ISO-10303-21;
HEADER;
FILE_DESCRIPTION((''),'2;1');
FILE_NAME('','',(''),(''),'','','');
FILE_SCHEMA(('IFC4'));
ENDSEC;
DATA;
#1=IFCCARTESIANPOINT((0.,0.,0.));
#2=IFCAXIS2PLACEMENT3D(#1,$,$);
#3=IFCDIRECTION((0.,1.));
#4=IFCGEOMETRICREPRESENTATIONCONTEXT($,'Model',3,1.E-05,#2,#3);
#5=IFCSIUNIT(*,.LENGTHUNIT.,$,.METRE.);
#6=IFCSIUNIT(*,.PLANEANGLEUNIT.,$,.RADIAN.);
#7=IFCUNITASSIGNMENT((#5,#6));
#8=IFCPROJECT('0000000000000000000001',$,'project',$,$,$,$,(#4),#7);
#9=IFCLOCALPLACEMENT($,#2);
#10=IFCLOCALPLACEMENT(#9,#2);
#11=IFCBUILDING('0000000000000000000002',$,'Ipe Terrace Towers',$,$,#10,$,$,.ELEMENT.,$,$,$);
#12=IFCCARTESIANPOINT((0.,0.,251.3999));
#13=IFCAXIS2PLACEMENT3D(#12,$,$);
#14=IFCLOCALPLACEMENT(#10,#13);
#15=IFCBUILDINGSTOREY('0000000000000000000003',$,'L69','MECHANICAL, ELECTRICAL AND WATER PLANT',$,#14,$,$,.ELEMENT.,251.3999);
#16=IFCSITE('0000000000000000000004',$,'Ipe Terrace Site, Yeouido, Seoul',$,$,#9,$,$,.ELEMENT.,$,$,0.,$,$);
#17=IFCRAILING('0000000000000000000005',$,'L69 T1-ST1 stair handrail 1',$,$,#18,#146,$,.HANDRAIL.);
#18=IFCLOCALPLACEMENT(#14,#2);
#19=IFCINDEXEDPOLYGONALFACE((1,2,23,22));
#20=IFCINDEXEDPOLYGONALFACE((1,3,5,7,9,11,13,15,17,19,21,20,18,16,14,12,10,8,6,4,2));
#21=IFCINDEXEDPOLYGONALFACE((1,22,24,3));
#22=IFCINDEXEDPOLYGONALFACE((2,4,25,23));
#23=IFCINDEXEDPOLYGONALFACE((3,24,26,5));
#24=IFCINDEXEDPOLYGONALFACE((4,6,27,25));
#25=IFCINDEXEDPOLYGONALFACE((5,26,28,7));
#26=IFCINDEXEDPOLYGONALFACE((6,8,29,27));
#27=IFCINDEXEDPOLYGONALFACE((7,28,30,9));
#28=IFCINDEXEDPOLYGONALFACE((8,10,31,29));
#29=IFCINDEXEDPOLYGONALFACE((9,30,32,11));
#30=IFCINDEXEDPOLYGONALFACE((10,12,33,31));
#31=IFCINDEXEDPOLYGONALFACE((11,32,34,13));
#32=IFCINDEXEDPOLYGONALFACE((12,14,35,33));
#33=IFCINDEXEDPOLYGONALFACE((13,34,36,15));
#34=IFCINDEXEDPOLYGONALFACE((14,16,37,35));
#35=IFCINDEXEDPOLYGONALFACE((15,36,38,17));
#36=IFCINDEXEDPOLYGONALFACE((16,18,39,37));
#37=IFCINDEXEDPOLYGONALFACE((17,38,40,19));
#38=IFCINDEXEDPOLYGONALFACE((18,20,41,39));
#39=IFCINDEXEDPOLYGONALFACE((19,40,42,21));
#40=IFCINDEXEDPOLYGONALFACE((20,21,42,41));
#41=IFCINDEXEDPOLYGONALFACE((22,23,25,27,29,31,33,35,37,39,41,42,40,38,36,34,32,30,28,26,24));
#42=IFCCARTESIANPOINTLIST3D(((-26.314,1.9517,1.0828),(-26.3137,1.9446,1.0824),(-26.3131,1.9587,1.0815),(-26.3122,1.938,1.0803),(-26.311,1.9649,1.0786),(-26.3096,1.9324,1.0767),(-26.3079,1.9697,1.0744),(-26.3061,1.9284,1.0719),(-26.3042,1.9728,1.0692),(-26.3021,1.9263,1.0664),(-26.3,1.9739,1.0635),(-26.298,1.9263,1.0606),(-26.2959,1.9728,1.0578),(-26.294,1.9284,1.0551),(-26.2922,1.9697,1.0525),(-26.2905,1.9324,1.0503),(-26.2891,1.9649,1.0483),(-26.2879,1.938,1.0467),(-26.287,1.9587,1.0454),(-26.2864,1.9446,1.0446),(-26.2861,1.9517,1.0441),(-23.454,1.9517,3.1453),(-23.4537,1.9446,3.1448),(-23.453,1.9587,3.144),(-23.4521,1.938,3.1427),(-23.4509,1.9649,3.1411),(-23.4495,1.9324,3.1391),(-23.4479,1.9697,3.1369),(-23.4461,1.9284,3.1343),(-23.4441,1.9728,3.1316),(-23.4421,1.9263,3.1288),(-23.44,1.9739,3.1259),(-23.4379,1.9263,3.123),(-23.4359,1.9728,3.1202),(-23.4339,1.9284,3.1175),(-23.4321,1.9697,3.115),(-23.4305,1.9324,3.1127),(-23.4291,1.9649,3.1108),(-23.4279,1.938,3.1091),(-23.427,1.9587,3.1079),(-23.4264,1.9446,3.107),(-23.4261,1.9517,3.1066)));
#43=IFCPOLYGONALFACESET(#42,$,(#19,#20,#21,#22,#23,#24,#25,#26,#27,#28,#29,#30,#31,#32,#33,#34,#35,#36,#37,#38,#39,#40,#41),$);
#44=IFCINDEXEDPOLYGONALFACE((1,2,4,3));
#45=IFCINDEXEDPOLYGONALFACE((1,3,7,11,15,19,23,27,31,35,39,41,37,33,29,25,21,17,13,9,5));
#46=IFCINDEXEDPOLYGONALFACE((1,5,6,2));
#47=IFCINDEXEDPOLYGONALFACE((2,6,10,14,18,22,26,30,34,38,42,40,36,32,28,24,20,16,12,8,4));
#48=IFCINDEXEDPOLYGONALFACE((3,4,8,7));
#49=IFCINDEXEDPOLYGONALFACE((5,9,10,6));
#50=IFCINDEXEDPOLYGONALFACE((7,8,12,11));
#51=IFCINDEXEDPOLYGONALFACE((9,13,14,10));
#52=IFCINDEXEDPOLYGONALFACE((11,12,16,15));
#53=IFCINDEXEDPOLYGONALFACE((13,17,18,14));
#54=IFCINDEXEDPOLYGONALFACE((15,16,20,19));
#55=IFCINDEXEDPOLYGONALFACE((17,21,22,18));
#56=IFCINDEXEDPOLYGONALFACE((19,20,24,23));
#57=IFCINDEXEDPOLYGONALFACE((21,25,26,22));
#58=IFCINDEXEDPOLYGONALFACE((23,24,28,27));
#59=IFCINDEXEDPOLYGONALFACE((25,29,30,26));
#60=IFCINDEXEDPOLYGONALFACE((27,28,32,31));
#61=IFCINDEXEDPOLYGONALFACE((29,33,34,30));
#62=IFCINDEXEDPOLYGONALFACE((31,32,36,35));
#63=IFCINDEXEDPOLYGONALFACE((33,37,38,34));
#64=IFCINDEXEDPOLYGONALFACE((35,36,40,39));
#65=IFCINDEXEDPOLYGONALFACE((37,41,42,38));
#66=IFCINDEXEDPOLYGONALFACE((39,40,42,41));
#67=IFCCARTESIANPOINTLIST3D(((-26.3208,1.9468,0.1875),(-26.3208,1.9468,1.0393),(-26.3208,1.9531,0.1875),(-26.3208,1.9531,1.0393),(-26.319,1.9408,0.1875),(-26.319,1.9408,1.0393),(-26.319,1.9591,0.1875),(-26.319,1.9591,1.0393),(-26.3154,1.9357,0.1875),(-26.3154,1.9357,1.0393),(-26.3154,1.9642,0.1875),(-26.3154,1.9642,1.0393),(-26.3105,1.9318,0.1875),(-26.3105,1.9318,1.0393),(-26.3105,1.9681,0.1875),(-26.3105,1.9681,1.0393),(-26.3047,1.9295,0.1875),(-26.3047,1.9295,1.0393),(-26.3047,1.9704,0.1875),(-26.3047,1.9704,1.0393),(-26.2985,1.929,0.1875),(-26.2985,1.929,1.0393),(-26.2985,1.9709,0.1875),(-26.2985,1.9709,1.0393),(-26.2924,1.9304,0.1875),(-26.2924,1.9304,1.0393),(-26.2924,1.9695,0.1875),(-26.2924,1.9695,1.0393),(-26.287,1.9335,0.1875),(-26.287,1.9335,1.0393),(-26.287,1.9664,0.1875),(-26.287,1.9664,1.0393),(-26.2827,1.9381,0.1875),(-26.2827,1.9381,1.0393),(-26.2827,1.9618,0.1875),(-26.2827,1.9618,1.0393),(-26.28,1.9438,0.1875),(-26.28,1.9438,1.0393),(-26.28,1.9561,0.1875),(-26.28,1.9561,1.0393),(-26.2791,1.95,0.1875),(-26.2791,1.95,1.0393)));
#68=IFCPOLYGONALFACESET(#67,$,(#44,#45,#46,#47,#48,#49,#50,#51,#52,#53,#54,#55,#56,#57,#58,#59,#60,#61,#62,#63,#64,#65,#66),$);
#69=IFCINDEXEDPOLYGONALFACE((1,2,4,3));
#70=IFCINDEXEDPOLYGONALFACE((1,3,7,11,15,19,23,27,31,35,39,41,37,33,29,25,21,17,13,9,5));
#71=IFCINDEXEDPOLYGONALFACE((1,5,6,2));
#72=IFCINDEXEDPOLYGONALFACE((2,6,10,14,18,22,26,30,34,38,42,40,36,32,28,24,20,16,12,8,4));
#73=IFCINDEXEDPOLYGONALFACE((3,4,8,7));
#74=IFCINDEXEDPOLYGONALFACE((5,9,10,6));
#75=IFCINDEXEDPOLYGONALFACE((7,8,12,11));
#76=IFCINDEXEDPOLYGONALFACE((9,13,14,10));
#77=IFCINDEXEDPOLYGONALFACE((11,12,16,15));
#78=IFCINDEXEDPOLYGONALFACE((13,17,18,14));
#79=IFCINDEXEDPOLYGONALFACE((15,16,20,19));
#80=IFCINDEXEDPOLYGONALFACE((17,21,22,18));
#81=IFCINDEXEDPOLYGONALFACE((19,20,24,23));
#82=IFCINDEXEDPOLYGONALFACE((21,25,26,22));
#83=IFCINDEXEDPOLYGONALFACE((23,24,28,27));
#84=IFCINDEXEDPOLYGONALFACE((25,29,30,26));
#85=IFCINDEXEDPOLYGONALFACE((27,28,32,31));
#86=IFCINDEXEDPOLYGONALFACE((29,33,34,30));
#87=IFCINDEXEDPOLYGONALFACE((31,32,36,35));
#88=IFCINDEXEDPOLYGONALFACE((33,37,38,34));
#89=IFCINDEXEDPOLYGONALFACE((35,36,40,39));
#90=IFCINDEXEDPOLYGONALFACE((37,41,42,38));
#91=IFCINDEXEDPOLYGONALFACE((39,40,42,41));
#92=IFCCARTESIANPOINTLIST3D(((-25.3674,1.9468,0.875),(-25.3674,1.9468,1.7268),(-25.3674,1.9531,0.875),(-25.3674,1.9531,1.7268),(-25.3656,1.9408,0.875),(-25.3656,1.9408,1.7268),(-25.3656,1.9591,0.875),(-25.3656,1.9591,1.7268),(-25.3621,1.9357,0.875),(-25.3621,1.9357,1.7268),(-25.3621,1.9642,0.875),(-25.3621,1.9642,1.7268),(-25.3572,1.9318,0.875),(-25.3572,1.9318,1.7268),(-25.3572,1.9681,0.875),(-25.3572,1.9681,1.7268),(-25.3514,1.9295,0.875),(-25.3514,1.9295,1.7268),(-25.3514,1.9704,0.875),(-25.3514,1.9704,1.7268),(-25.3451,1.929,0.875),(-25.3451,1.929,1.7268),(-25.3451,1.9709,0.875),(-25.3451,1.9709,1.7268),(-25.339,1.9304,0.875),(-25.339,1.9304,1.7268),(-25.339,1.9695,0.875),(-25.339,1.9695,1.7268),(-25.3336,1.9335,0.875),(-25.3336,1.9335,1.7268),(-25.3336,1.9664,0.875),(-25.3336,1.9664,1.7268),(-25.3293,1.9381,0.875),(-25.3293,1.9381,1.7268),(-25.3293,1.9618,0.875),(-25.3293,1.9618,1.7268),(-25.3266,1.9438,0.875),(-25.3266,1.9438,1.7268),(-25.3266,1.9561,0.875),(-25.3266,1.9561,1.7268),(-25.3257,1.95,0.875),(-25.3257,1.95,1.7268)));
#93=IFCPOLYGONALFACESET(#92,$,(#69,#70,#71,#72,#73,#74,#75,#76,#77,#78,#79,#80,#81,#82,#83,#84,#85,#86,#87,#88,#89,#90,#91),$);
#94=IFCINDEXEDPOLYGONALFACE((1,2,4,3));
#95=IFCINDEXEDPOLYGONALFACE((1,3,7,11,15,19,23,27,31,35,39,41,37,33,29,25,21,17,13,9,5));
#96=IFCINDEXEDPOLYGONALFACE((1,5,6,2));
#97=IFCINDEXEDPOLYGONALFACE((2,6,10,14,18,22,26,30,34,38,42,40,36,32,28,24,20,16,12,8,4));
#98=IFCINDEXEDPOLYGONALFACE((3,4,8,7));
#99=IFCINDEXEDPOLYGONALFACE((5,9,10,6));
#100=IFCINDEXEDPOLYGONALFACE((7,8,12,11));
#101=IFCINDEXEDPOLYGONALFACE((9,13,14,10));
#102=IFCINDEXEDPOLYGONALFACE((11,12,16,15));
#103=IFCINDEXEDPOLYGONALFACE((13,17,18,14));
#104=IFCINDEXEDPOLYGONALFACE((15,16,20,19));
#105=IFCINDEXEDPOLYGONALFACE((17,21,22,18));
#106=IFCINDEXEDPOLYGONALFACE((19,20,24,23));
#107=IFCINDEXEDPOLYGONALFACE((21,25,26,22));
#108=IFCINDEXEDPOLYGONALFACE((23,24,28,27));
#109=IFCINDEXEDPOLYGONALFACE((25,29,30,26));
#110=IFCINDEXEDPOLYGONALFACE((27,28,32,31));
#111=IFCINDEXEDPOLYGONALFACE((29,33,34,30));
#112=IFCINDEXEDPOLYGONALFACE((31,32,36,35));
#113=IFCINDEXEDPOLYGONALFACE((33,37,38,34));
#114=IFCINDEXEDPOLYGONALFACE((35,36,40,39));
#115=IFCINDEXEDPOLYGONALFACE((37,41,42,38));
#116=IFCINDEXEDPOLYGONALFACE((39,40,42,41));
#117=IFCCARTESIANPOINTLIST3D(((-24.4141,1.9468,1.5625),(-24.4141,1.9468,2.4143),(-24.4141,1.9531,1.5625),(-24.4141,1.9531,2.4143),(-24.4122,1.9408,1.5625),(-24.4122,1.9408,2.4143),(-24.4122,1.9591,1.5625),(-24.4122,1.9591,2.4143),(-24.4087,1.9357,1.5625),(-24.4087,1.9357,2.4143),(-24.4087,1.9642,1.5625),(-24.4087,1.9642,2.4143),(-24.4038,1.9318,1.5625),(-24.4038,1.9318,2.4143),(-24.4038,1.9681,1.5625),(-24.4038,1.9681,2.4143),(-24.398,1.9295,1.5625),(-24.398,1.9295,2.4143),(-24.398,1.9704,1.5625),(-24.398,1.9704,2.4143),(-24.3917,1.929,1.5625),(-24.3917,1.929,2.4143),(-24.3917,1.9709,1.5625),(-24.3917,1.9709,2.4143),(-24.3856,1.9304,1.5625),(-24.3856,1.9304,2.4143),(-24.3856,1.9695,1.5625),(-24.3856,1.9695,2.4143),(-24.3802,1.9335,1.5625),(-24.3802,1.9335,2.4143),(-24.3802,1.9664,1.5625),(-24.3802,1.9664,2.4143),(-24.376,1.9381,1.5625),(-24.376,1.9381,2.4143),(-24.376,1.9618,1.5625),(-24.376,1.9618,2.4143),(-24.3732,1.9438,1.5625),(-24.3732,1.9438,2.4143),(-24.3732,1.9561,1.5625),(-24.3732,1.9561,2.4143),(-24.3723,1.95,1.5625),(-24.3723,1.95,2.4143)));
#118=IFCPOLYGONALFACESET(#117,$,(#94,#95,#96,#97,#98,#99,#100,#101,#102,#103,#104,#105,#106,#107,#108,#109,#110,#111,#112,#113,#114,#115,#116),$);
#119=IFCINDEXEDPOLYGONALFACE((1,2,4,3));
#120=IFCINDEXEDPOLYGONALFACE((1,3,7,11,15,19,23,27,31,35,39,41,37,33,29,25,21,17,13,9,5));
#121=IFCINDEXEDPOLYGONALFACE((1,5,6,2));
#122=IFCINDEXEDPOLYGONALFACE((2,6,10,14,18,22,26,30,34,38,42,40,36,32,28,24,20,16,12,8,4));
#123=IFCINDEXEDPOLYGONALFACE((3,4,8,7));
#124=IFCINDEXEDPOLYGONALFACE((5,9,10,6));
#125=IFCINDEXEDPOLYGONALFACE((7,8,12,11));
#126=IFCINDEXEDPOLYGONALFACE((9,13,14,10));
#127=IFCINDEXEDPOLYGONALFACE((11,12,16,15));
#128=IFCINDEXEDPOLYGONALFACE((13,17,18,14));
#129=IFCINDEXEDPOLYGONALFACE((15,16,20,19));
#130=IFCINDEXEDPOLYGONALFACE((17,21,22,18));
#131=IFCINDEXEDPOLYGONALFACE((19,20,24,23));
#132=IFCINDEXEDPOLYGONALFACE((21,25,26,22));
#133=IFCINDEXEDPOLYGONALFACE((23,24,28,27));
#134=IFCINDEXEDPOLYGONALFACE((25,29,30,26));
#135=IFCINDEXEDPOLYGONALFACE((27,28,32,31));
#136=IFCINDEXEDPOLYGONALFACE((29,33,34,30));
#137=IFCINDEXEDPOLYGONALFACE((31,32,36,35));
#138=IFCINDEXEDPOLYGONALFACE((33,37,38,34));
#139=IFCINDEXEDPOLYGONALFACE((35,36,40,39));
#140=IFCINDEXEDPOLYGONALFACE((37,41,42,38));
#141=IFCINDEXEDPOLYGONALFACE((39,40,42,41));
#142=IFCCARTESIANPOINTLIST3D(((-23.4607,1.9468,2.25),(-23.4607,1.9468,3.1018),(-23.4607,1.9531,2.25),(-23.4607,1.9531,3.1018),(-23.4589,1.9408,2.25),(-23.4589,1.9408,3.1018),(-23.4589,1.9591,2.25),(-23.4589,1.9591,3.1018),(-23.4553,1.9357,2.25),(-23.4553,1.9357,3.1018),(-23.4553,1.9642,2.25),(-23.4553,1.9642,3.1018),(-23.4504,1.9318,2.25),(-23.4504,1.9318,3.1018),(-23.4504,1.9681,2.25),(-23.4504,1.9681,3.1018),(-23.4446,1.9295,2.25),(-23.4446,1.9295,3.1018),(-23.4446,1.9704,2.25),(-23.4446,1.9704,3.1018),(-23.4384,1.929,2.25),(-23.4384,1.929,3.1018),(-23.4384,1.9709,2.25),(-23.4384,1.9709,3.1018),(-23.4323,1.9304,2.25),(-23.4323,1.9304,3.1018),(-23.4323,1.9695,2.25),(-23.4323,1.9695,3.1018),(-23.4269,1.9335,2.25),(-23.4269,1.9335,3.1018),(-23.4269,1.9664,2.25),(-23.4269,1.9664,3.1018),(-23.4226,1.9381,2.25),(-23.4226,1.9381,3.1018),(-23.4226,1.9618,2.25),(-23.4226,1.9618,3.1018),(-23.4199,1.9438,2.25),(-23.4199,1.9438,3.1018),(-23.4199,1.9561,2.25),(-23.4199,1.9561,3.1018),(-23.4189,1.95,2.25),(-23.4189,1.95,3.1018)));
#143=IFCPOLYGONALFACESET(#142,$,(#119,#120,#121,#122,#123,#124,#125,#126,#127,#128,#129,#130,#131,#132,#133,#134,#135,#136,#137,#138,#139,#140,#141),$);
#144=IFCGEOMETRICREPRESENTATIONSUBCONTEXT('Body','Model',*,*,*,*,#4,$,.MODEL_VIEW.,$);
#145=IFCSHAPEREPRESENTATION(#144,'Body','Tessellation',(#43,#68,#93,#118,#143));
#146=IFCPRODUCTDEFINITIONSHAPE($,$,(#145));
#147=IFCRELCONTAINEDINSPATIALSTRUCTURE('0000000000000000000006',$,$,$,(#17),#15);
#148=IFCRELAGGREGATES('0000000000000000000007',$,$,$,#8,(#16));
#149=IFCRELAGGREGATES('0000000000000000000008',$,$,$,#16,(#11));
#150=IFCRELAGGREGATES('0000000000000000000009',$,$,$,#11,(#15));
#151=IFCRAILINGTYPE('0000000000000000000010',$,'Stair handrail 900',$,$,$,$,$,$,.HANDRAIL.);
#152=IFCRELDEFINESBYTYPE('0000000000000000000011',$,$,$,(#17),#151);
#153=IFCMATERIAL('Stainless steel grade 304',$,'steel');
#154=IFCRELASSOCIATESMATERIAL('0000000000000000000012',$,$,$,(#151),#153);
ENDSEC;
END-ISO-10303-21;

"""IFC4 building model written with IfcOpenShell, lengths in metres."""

from ifc_helpers import new_model, si_unit, direction, frame, origin, origin_2d, place, context, subcontext, project, spatial, circle, extrude, material, type_object, element, save


model = new_model("IFC4")

# Units and contexts
model_context = context("Model", 3, precision=1e-05, world=origin(), true_north=direction((0.0, 1.0)))
body_context = subcontext(model_context, "Body", "Model", "MODEL_VIEW")
ifc_project = project(units=[si_unit("LENGTHUNIT", "METRE"), si_unit("PLANEANGLEUNIT", "RADIAN")], contexts=[model_context])

# Site, building, storey
site_placement = place(None, origin())
site = spatial("IfcSite", under=ifc_project, at=site_placement, Name="Ipe Terrace Site, Yeouido, Seoul", CompositionType="ELEMENT", RefElevation=0.0)
building_placement = place(site_placement, origin())
building = spatial("IfcBuilding", under=site, at=building_placement, Name="Ipe Terrace Towers", CompositionType="ELEMENT")
storey_placement = place(building_placement, frame((0.0, 0.0, 251.3999)))
storey = spatial("IfcBuildingStorey", under=building, at=storey_placement, Name="L69", Description="MECHANICAL, ELECTRICAL AND WATER PLANT", CompositionType="ELEMENT", Elevation=251.3999)

# Railing
ifc_material_1 = material(Name="Stainless steel grade 304", Category="steel")
railing_type_1 = type_object("IfcRailingType", Name="Stair handrail 900", PredefinedType="HANDRAIL", material=ifc_material_1)
railing_1_placement = place(storey_placement, frame((-26.3, 1.95, 0.1875)))
element("IfcRailing", 1, at=railing_1_placement, inside=storey, type_object=railing_type_1, Name="L69 T1-ST1 stair handrail 1", PredefinedType="HANDRAIL", context=body_context, shape_type="SweptSolid", body=[
    extrude(circle(Radius=0.0239, at=origin_2d()), frame((0.0, 0.0, 0.876), z_axis=(0.811101, 0.0, 0.584906), x_axis=(0.0, 1.0, 0.0)), (0.0, 0.0, 1.0), 3.5261),
    extrude(circle(Radius=0.021, at=origin_2d()), origin(), (0.0, 0.0, 1.0), 0.8518),
    extrude(circle(Radius=0.021, at=origin_2d()), frame((0.9534, 0.0, 0.6875)), (0.0, 0.0, 1.0), 0.8518),
    extrude(circle(Radius=0.021, at=origin_2d()), frame((1.9067, 0.0, 1.375)), (0.0, 0.0, 1.0), 0.8518),
    extrude(circle(Radius=0.021, at=origin_2d()), frame((2.8601, 0.0, 2.0625)), (0.0, 0.0, 1.0), 0.8518),
])

save(model, "model.ifc")
